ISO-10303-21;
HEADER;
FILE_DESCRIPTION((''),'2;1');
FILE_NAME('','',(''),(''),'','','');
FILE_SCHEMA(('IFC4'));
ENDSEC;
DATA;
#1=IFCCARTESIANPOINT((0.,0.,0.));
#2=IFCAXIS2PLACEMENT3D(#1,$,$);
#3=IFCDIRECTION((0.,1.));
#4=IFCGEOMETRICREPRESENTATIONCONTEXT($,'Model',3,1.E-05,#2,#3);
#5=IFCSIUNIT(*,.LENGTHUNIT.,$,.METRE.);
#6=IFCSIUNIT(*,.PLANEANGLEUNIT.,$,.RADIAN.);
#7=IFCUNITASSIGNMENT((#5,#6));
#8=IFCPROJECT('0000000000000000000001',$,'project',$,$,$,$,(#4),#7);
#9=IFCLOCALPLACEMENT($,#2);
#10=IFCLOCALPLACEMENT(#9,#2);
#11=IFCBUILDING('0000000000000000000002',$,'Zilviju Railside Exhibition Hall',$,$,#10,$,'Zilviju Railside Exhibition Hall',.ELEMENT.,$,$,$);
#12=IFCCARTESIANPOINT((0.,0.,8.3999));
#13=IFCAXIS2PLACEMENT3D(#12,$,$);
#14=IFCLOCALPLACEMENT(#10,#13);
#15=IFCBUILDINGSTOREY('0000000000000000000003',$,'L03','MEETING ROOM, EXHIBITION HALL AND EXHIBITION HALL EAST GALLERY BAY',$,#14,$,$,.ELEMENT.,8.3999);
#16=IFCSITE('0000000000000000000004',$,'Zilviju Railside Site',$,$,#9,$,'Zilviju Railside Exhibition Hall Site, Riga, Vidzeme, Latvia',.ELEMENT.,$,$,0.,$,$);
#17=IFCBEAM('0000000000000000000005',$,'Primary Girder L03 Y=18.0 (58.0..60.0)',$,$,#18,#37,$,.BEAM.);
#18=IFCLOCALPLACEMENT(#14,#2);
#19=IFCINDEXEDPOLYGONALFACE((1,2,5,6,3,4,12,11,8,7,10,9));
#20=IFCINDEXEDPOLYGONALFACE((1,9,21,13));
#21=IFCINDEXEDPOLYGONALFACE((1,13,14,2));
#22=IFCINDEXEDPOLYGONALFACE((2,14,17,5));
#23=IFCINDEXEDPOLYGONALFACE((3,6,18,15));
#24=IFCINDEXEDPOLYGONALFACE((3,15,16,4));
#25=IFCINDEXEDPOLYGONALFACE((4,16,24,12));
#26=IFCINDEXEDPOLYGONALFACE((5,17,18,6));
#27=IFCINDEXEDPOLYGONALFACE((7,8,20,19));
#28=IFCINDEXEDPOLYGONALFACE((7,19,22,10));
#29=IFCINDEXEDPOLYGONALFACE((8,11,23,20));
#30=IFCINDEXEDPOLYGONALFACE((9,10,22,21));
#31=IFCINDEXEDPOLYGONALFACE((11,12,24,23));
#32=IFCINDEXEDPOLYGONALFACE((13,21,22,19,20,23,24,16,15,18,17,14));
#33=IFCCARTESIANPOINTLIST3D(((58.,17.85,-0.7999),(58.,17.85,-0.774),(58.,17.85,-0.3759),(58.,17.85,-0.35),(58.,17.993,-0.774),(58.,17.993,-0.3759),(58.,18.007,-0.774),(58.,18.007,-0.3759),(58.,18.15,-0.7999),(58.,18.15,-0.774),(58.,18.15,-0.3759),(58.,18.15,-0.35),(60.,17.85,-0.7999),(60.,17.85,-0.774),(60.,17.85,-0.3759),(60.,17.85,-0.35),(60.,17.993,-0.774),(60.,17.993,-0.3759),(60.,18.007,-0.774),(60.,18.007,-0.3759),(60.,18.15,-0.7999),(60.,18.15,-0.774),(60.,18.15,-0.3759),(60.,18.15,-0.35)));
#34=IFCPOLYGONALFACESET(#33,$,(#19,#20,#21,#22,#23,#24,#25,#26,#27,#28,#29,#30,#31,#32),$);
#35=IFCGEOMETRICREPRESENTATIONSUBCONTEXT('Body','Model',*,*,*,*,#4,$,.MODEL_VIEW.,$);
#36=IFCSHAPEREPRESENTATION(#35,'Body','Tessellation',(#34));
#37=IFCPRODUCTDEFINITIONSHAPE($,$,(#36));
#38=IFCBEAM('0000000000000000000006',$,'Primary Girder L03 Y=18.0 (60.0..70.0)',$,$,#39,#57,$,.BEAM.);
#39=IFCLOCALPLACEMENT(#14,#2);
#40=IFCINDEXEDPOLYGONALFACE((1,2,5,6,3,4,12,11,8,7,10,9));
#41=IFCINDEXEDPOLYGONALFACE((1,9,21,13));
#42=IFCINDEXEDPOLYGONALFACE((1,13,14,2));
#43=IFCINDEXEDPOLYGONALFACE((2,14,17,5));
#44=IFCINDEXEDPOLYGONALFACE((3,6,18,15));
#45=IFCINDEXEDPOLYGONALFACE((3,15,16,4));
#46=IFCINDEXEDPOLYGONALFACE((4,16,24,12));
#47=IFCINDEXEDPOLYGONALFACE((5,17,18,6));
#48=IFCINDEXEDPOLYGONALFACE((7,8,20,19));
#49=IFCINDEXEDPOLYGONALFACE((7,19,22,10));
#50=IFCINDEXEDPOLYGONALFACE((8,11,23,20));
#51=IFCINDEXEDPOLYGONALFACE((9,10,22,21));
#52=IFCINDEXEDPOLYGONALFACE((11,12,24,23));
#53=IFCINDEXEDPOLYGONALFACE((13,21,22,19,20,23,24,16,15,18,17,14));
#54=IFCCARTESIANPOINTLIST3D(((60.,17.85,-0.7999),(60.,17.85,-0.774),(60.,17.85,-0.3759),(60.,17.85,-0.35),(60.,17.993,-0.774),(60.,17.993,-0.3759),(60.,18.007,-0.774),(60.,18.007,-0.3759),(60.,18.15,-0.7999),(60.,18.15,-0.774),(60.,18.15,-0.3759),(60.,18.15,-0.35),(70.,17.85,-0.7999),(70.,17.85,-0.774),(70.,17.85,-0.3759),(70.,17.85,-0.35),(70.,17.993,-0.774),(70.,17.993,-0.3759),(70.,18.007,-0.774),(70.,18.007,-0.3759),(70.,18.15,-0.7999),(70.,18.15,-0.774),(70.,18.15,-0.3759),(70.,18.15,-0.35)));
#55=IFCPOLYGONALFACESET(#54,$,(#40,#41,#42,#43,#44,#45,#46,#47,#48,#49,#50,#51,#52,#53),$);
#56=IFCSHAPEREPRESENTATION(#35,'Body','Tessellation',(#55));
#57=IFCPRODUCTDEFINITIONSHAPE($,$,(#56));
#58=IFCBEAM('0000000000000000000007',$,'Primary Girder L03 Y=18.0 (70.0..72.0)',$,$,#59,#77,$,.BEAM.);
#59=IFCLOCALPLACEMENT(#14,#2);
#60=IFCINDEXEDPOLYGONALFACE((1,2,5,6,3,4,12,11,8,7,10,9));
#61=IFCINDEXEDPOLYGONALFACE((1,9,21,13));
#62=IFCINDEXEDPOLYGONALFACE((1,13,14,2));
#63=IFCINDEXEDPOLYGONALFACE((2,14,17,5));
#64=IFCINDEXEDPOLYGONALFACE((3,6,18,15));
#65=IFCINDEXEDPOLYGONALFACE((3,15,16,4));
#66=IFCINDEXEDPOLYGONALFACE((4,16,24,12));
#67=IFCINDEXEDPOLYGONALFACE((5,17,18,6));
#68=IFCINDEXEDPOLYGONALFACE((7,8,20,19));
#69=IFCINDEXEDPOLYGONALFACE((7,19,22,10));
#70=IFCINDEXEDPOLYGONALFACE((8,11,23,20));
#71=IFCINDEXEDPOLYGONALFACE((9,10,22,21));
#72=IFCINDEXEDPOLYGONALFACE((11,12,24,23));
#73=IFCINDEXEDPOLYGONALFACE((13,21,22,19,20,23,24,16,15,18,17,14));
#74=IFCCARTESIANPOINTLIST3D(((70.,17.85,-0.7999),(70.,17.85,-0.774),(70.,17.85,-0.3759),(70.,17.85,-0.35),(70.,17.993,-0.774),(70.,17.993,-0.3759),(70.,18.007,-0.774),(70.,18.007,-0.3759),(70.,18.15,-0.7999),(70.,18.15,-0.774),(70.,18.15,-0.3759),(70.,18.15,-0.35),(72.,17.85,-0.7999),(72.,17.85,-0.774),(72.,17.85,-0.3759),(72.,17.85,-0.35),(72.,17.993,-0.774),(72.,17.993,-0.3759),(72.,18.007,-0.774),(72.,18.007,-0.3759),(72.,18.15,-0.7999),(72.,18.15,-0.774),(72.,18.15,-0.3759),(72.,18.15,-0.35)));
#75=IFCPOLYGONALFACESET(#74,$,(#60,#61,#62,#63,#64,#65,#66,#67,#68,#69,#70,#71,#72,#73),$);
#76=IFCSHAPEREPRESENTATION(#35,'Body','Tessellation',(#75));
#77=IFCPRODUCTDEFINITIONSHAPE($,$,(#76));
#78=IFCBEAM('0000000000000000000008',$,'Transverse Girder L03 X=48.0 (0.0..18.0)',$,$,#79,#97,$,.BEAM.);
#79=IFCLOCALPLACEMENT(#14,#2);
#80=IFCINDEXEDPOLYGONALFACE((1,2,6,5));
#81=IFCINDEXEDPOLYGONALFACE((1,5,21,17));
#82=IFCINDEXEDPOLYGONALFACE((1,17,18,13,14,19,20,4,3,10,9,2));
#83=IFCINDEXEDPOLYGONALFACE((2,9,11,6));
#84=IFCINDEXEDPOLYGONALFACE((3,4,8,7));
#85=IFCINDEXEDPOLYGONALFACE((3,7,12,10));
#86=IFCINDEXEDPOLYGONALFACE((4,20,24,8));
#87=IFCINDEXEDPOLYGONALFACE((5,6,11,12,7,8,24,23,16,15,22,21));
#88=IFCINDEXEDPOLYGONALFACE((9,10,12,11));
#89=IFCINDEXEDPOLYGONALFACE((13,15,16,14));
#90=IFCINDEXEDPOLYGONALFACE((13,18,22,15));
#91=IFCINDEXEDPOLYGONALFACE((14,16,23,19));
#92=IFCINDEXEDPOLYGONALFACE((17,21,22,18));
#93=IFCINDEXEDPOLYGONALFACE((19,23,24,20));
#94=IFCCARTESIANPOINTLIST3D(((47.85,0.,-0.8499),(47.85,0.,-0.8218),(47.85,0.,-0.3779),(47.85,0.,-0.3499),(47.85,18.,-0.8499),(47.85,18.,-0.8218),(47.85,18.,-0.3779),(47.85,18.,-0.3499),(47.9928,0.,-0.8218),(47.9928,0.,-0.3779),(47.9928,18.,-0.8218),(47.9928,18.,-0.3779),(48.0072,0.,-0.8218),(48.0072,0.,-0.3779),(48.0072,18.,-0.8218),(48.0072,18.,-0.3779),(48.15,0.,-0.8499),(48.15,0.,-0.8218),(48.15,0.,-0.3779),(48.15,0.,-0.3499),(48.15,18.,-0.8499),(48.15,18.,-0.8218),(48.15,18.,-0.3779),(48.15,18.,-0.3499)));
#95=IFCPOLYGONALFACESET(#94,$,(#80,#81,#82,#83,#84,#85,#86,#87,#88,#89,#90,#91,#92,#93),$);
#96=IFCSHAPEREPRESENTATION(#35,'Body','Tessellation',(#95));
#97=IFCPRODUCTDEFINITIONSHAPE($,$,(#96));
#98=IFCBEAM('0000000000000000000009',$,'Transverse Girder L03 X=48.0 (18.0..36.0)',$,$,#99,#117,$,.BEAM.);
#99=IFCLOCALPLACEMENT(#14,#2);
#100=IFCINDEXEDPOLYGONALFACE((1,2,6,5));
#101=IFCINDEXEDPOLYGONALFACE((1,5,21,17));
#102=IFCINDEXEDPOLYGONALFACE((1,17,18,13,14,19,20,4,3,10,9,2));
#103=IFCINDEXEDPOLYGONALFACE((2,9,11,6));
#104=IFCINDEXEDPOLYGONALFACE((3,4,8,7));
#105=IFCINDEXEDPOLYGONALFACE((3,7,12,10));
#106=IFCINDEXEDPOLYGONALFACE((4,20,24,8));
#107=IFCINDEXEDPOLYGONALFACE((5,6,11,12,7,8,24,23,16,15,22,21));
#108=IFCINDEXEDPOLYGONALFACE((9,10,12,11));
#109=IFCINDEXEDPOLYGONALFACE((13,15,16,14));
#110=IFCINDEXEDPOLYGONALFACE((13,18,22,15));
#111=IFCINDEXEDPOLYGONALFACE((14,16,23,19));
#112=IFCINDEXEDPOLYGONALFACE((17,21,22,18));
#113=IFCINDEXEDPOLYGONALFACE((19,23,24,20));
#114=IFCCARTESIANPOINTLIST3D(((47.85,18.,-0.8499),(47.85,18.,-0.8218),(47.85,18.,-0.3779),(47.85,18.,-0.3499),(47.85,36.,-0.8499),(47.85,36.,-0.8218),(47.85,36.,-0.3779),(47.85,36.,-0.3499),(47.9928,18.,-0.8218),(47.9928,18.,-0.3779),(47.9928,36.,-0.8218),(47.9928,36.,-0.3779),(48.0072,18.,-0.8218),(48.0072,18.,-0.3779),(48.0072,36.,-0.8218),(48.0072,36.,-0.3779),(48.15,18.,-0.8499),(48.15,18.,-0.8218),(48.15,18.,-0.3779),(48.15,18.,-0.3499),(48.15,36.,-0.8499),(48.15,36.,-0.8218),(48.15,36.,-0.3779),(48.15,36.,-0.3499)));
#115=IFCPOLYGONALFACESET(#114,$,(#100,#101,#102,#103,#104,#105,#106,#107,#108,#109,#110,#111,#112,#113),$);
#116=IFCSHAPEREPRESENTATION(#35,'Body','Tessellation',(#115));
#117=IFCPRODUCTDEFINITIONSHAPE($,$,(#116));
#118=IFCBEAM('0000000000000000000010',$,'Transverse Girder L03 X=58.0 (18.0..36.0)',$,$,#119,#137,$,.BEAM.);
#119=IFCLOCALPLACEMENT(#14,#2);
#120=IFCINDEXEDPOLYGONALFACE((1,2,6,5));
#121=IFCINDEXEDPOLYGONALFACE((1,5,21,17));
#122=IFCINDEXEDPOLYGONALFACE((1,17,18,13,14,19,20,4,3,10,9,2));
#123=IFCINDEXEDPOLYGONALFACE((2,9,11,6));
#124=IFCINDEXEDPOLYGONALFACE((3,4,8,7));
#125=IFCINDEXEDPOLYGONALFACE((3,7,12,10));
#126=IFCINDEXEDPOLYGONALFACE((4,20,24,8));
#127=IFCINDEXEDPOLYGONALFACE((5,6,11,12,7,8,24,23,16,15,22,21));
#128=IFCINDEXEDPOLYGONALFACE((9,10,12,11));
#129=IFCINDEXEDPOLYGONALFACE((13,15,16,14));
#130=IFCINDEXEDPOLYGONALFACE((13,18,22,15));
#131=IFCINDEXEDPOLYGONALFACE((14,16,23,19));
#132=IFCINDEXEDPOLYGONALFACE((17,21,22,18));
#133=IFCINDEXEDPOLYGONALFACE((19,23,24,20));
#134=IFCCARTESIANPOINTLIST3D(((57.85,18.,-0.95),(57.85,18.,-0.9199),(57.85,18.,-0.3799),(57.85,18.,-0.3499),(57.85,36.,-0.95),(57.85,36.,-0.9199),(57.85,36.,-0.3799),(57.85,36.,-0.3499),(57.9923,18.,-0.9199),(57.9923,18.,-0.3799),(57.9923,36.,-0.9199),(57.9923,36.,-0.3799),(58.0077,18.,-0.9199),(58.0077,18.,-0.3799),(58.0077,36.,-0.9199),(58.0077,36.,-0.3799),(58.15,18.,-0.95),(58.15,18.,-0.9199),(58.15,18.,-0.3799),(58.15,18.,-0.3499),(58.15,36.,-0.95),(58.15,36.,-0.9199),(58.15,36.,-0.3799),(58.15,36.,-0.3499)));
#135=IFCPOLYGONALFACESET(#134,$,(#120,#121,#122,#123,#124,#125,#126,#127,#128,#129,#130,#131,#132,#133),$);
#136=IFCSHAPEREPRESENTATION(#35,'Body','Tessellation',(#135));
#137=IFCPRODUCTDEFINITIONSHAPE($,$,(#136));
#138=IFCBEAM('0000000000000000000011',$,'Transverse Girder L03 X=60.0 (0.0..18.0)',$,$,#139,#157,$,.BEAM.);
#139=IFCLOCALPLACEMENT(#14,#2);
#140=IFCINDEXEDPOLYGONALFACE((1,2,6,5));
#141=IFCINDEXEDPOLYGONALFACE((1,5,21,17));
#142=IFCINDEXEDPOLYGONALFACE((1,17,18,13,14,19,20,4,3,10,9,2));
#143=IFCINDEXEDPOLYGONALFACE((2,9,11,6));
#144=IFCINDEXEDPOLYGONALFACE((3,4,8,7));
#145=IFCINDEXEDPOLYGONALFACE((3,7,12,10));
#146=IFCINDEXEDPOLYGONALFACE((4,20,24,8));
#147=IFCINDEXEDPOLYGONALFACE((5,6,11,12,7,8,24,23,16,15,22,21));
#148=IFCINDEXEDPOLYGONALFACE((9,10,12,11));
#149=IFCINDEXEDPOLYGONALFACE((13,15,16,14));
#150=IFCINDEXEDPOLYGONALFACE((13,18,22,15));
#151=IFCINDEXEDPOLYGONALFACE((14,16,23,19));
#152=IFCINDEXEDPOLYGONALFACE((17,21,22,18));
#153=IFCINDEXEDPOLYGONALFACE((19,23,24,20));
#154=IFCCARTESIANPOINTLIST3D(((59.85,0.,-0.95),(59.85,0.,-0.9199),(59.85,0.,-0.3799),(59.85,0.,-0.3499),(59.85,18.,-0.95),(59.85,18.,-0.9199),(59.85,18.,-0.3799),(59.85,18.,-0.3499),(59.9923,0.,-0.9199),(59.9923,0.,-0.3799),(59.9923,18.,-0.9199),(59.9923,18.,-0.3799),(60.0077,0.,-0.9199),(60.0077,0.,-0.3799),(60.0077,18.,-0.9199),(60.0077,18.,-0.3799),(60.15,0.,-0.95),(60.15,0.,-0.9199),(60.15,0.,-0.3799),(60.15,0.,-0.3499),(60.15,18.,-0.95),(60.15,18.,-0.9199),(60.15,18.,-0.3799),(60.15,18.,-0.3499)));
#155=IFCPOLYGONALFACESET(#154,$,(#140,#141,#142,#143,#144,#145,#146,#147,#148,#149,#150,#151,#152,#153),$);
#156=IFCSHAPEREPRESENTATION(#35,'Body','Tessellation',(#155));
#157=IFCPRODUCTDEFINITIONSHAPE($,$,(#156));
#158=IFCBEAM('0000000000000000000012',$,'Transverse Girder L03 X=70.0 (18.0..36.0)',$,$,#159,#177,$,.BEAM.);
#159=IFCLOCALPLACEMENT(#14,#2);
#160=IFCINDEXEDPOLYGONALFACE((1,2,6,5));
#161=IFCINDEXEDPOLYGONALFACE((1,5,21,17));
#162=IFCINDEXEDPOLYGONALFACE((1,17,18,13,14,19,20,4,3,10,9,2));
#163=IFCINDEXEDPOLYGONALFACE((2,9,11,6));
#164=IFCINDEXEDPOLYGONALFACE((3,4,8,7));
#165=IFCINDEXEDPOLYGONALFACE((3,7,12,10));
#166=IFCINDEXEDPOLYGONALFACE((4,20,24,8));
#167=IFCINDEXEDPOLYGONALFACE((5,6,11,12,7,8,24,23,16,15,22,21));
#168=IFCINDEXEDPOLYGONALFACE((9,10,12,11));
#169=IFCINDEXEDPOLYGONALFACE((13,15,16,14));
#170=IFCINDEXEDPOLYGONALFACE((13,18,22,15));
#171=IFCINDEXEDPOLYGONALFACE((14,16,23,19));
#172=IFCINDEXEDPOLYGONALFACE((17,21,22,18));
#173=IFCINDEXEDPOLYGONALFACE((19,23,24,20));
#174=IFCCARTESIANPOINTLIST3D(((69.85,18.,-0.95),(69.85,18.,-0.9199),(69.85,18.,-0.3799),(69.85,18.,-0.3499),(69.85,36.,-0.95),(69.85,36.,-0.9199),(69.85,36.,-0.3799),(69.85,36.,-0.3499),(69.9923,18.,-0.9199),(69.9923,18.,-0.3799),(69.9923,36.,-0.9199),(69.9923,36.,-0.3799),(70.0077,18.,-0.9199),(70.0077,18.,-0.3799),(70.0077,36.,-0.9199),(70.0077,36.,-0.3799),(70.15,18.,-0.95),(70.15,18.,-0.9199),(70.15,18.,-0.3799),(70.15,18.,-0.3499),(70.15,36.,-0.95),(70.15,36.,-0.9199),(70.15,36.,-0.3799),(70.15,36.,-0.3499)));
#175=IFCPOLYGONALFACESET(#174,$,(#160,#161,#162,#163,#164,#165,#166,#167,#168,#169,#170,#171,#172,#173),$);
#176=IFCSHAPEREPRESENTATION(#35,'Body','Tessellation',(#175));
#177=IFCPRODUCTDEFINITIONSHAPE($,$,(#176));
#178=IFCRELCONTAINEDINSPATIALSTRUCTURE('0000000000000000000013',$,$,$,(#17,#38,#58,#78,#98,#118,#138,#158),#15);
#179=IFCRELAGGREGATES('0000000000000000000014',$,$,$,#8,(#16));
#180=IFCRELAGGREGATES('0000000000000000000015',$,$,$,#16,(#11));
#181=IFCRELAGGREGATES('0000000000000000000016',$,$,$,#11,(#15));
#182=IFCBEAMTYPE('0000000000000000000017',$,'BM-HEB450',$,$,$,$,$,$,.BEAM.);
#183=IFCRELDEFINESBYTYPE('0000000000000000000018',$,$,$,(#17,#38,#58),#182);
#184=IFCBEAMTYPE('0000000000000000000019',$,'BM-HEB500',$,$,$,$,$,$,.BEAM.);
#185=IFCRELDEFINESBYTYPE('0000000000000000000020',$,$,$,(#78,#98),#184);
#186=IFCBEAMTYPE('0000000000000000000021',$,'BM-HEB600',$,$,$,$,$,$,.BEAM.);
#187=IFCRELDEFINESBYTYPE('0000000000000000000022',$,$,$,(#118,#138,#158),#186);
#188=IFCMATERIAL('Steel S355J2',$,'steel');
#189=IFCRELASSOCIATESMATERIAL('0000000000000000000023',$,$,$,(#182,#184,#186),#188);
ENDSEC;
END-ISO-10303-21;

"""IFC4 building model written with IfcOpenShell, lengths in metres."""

from ifc_helpers import new_model, si_unit, direction, frame, origin, origin_2d, place, context, subcontext, project, spatial, i_section, extrude, material, material_profile, profile_set, type_object, element, save


model = new_model("IFC4")

# Units and contexts
model_context = context("Model", 3, precision=1e-05, world=origin(), true_north=direction((0.0, 1.0)))
body_context = subcontext(model_context, "Body", "Model", "MODEL_VIEW")
ifc_project = project(units=[si_unit("LENGTHUNIT", "METRE"), si_unit("PLANEANGLEUNIT", "RADIAN")], contexts=[model_context])

# Site, building, storey
site_placement = place(None, origin())
site = spatial("IfcSite", under=ifc_project, at=site_placement, Name="Zilviju Railside Site", LongName="Zilviju Railside Exhibition Hall Site, Riga, Vidzeme, Latvia", CompositionType="ELEMENT", RefElevation=0.0)
building_placement = place(site_placement, origin())
building = spatial("IfcBuilding", under=site, at=building_placement, Name="Zilviju Railside Exhibition Hall", LongName="Zilviju Railside Exhibition Hall", CompositionType="ELEMENT")
storey_placement = place(building_placement, frame((0.0, 0.0, 8.3999)))
storey = spatial("IfcBuildingStorey", under=building, at=storey_placement, Name="L03", Description="MEETING ROOM, EXHIBITION HALL AND EXHIBITION HALL EAST GALLERY BAY", CompositionType="ELEMENT", Elevation=8.3999)

# Shared definitions
ifc_material_1 = material(Name="Steel S355J2", Category="steel")

# Beams
ifc_material_profile_1 = material_profile(ifc_material_1, i_section(OverallWidth=0.3, OverallDepth=0.45, WebThickness=0.0139, FlangeThickness=0.0259, at=origin_2d()), Name="HEB 450")
ifc_profile_set_1 = profile_set([ifc_material_profile_1], Name="Steel S355J2")
beam_type_1 = type_object("IfcBeamType", Name="BM-HEB450", PredefinedType="BEAM", material=ifc_profile_set_1)
beam_1_placement = place(storey_placement, frame((58.0, 18.0, -0.575), z_axis=(1.0, 0.0, 0.0), x_axis=(0.0, 1.0, 0.0)))
element("IfcBeam", 1, at=beam_1_placement, inside=storey, type_object=beam_type_1, Name="Primary Girder L03 Y=18.0 (58.0..60.0)", PredefinedType="BEAM", context=body_context, shape_type="SweptSolid", body=[
    extrude(i_section(OverallWidth=0.3, OverallDepth=0.45, WebThickness=0.0139, FlangeThickness=0.0259, at=origin_2d()), origin(), (0.0, 0.0, 1.0), 2.0),
])
beam_2_placement = place(storey_placement, frame((60.0, 18.0, -0.575), z_axis=(1.0, 0.0, 0.0), x_axis=(0.0, 1.0, 0.0)))
element("IfcBeam", 2, at=beam_2_placement, inside=storey, type_object=beam_type_1, Name="Primary Girder L03 Y=18.0 (60.0..70.0)", PredefinedType="BEAM", context=body_context, shape_type="SweptSolid", body=[
    extrude(i_section(OverallWidth=0.3, OverallDepth=0.45, WebThickness=0.0139, FlangeThickness=0.0259, at=origin_2d()), origin(), (0.0, 0.0, 1.0), 10.0),
])
beam_3_placement = place(storey_placement, frame((70.0, 18.0, -0.575), z_axis=(1.0, 0.0, 0.0), x_axis=(0.0, 1.0, 0.0)))
element("IfcBeam", 3, at=beam_3_placement, inside=storey, type_object=beam_type_1, Name="Primary Girder L03 Y=18.0 (70.0..72.0)", PredefinedType="BEAM", context=body_context, shape_type="SweptSolid", body=[
    extrude(i_section(OverallWidth=0.3, OverallDepth=0.45, WebThickness=0.0139, FlangeThickness=0.0259, at=origin_2d()), origin(), (0.0, 0.0, 1.0), 2.0),
])
ifc_material_profile_2 = material_profile(ifc_material_1, i_section(OverallWidth=0.3, OverallDepth=0.5, WebThickness=0.0144, FlangeThickness=0.0281, at=origin_2d()), Name="HEB 500")
ifc_profile_set_2 = profile_set([ifc_material_profile_2], Name="Steel S355J2")
beam_type_2 = type_object("IfcBeamType", Name="BM-HEB500", PredefinedType="BEAM", material=ifc_profile_set_2)
for number, where, z_axis, x_axis, name in (
    (4, (48.0, 0.0, -0.5999), (0.0, 1.0, 0.0), (-1.0, 0.0, 0.0), "Transverse Girder L03 X=48.0 (0.0..18.0)"),
    (5, (48.0, 18.0, -0.5999), (0.0, 1.0, 0.0), (-1.0, 0.0, 0.0), "Transverse Girder L03 X=48.0 (18.0..36.0)"),
):
    element("IfcBeam", number, at=place(storey_placement, frame(where, z_axis=z_axis, x_axis=x_axis)), inside=storey, type_object=beam_type_2, Name=name, PredefinedType="BEAM", context=body_context, shape_type="SweptSolid", body=[
        extrude(i_section(OverallWidth=0.3, OverallDepth=0.5, WebThickness=0.0144, FlangeThickness=0.0281, at=origin_2d()), origin(), (0.0, 0.0, 1.0), 18.0),
    ])
ifc_material_profile_3 = material_profile(ifc_material_1, i_section(OverallWidth=0.3, OverallDepth=0.6001, WebThickness=0.0154, FlangeThickness=0.03, at=origin_2d()), Name="HEB 600")
ifc_profile_set_3 = profile_set([ifc_material_profile_3], Name="Steel S355J2")
beam_type_3 = type_object("IfcBeamType", Name="BM-HEB600", PredefinedType="BEAM", material=ifc_profile_set_3)
for number, where, z_axis, x_axis, name in (
    (6, (58.0, 18.0, -0.6499), (0.0, 1.0, 0.0), (-1.0, 0.0, 0.0), "Transverse Girder L03 X=58.0 (18.0..36.0)"),
    (7, (60.0, 0.0, -0.6499), (0.0, 1.0, 0.0), (-1.0, 0.0, 0.0), "Transverse Girder L03 X=60.0 (0.0..18.0)"),
    (8, (70.0, 18.0, -0.6499), (0.0, 1.0, 0.0), (-1.0, 0.0, 0.0), "Transverse Girder L03 X=70.0 (18.0..36.0)"),
):
    element("IfcBeam", number, at=place(storey_placement, frame(where, z_axis=z_axis, x_axis=x_axis)), inside=storey, type_object=beam_type_3, Name=name, PredefinedType="BEAM", context=body_context, shape_type="SweptSolid", body=[
        extrude(i_section(OverallWidth=0.3, OverallDepth=0.6001, WebThickness=0.0154, FlangeThickness=0.03, at=origin_2d()), origin(), (0.0, 0.0, 1.0), 18.0),
    ])

save(model, "model.ifc")
